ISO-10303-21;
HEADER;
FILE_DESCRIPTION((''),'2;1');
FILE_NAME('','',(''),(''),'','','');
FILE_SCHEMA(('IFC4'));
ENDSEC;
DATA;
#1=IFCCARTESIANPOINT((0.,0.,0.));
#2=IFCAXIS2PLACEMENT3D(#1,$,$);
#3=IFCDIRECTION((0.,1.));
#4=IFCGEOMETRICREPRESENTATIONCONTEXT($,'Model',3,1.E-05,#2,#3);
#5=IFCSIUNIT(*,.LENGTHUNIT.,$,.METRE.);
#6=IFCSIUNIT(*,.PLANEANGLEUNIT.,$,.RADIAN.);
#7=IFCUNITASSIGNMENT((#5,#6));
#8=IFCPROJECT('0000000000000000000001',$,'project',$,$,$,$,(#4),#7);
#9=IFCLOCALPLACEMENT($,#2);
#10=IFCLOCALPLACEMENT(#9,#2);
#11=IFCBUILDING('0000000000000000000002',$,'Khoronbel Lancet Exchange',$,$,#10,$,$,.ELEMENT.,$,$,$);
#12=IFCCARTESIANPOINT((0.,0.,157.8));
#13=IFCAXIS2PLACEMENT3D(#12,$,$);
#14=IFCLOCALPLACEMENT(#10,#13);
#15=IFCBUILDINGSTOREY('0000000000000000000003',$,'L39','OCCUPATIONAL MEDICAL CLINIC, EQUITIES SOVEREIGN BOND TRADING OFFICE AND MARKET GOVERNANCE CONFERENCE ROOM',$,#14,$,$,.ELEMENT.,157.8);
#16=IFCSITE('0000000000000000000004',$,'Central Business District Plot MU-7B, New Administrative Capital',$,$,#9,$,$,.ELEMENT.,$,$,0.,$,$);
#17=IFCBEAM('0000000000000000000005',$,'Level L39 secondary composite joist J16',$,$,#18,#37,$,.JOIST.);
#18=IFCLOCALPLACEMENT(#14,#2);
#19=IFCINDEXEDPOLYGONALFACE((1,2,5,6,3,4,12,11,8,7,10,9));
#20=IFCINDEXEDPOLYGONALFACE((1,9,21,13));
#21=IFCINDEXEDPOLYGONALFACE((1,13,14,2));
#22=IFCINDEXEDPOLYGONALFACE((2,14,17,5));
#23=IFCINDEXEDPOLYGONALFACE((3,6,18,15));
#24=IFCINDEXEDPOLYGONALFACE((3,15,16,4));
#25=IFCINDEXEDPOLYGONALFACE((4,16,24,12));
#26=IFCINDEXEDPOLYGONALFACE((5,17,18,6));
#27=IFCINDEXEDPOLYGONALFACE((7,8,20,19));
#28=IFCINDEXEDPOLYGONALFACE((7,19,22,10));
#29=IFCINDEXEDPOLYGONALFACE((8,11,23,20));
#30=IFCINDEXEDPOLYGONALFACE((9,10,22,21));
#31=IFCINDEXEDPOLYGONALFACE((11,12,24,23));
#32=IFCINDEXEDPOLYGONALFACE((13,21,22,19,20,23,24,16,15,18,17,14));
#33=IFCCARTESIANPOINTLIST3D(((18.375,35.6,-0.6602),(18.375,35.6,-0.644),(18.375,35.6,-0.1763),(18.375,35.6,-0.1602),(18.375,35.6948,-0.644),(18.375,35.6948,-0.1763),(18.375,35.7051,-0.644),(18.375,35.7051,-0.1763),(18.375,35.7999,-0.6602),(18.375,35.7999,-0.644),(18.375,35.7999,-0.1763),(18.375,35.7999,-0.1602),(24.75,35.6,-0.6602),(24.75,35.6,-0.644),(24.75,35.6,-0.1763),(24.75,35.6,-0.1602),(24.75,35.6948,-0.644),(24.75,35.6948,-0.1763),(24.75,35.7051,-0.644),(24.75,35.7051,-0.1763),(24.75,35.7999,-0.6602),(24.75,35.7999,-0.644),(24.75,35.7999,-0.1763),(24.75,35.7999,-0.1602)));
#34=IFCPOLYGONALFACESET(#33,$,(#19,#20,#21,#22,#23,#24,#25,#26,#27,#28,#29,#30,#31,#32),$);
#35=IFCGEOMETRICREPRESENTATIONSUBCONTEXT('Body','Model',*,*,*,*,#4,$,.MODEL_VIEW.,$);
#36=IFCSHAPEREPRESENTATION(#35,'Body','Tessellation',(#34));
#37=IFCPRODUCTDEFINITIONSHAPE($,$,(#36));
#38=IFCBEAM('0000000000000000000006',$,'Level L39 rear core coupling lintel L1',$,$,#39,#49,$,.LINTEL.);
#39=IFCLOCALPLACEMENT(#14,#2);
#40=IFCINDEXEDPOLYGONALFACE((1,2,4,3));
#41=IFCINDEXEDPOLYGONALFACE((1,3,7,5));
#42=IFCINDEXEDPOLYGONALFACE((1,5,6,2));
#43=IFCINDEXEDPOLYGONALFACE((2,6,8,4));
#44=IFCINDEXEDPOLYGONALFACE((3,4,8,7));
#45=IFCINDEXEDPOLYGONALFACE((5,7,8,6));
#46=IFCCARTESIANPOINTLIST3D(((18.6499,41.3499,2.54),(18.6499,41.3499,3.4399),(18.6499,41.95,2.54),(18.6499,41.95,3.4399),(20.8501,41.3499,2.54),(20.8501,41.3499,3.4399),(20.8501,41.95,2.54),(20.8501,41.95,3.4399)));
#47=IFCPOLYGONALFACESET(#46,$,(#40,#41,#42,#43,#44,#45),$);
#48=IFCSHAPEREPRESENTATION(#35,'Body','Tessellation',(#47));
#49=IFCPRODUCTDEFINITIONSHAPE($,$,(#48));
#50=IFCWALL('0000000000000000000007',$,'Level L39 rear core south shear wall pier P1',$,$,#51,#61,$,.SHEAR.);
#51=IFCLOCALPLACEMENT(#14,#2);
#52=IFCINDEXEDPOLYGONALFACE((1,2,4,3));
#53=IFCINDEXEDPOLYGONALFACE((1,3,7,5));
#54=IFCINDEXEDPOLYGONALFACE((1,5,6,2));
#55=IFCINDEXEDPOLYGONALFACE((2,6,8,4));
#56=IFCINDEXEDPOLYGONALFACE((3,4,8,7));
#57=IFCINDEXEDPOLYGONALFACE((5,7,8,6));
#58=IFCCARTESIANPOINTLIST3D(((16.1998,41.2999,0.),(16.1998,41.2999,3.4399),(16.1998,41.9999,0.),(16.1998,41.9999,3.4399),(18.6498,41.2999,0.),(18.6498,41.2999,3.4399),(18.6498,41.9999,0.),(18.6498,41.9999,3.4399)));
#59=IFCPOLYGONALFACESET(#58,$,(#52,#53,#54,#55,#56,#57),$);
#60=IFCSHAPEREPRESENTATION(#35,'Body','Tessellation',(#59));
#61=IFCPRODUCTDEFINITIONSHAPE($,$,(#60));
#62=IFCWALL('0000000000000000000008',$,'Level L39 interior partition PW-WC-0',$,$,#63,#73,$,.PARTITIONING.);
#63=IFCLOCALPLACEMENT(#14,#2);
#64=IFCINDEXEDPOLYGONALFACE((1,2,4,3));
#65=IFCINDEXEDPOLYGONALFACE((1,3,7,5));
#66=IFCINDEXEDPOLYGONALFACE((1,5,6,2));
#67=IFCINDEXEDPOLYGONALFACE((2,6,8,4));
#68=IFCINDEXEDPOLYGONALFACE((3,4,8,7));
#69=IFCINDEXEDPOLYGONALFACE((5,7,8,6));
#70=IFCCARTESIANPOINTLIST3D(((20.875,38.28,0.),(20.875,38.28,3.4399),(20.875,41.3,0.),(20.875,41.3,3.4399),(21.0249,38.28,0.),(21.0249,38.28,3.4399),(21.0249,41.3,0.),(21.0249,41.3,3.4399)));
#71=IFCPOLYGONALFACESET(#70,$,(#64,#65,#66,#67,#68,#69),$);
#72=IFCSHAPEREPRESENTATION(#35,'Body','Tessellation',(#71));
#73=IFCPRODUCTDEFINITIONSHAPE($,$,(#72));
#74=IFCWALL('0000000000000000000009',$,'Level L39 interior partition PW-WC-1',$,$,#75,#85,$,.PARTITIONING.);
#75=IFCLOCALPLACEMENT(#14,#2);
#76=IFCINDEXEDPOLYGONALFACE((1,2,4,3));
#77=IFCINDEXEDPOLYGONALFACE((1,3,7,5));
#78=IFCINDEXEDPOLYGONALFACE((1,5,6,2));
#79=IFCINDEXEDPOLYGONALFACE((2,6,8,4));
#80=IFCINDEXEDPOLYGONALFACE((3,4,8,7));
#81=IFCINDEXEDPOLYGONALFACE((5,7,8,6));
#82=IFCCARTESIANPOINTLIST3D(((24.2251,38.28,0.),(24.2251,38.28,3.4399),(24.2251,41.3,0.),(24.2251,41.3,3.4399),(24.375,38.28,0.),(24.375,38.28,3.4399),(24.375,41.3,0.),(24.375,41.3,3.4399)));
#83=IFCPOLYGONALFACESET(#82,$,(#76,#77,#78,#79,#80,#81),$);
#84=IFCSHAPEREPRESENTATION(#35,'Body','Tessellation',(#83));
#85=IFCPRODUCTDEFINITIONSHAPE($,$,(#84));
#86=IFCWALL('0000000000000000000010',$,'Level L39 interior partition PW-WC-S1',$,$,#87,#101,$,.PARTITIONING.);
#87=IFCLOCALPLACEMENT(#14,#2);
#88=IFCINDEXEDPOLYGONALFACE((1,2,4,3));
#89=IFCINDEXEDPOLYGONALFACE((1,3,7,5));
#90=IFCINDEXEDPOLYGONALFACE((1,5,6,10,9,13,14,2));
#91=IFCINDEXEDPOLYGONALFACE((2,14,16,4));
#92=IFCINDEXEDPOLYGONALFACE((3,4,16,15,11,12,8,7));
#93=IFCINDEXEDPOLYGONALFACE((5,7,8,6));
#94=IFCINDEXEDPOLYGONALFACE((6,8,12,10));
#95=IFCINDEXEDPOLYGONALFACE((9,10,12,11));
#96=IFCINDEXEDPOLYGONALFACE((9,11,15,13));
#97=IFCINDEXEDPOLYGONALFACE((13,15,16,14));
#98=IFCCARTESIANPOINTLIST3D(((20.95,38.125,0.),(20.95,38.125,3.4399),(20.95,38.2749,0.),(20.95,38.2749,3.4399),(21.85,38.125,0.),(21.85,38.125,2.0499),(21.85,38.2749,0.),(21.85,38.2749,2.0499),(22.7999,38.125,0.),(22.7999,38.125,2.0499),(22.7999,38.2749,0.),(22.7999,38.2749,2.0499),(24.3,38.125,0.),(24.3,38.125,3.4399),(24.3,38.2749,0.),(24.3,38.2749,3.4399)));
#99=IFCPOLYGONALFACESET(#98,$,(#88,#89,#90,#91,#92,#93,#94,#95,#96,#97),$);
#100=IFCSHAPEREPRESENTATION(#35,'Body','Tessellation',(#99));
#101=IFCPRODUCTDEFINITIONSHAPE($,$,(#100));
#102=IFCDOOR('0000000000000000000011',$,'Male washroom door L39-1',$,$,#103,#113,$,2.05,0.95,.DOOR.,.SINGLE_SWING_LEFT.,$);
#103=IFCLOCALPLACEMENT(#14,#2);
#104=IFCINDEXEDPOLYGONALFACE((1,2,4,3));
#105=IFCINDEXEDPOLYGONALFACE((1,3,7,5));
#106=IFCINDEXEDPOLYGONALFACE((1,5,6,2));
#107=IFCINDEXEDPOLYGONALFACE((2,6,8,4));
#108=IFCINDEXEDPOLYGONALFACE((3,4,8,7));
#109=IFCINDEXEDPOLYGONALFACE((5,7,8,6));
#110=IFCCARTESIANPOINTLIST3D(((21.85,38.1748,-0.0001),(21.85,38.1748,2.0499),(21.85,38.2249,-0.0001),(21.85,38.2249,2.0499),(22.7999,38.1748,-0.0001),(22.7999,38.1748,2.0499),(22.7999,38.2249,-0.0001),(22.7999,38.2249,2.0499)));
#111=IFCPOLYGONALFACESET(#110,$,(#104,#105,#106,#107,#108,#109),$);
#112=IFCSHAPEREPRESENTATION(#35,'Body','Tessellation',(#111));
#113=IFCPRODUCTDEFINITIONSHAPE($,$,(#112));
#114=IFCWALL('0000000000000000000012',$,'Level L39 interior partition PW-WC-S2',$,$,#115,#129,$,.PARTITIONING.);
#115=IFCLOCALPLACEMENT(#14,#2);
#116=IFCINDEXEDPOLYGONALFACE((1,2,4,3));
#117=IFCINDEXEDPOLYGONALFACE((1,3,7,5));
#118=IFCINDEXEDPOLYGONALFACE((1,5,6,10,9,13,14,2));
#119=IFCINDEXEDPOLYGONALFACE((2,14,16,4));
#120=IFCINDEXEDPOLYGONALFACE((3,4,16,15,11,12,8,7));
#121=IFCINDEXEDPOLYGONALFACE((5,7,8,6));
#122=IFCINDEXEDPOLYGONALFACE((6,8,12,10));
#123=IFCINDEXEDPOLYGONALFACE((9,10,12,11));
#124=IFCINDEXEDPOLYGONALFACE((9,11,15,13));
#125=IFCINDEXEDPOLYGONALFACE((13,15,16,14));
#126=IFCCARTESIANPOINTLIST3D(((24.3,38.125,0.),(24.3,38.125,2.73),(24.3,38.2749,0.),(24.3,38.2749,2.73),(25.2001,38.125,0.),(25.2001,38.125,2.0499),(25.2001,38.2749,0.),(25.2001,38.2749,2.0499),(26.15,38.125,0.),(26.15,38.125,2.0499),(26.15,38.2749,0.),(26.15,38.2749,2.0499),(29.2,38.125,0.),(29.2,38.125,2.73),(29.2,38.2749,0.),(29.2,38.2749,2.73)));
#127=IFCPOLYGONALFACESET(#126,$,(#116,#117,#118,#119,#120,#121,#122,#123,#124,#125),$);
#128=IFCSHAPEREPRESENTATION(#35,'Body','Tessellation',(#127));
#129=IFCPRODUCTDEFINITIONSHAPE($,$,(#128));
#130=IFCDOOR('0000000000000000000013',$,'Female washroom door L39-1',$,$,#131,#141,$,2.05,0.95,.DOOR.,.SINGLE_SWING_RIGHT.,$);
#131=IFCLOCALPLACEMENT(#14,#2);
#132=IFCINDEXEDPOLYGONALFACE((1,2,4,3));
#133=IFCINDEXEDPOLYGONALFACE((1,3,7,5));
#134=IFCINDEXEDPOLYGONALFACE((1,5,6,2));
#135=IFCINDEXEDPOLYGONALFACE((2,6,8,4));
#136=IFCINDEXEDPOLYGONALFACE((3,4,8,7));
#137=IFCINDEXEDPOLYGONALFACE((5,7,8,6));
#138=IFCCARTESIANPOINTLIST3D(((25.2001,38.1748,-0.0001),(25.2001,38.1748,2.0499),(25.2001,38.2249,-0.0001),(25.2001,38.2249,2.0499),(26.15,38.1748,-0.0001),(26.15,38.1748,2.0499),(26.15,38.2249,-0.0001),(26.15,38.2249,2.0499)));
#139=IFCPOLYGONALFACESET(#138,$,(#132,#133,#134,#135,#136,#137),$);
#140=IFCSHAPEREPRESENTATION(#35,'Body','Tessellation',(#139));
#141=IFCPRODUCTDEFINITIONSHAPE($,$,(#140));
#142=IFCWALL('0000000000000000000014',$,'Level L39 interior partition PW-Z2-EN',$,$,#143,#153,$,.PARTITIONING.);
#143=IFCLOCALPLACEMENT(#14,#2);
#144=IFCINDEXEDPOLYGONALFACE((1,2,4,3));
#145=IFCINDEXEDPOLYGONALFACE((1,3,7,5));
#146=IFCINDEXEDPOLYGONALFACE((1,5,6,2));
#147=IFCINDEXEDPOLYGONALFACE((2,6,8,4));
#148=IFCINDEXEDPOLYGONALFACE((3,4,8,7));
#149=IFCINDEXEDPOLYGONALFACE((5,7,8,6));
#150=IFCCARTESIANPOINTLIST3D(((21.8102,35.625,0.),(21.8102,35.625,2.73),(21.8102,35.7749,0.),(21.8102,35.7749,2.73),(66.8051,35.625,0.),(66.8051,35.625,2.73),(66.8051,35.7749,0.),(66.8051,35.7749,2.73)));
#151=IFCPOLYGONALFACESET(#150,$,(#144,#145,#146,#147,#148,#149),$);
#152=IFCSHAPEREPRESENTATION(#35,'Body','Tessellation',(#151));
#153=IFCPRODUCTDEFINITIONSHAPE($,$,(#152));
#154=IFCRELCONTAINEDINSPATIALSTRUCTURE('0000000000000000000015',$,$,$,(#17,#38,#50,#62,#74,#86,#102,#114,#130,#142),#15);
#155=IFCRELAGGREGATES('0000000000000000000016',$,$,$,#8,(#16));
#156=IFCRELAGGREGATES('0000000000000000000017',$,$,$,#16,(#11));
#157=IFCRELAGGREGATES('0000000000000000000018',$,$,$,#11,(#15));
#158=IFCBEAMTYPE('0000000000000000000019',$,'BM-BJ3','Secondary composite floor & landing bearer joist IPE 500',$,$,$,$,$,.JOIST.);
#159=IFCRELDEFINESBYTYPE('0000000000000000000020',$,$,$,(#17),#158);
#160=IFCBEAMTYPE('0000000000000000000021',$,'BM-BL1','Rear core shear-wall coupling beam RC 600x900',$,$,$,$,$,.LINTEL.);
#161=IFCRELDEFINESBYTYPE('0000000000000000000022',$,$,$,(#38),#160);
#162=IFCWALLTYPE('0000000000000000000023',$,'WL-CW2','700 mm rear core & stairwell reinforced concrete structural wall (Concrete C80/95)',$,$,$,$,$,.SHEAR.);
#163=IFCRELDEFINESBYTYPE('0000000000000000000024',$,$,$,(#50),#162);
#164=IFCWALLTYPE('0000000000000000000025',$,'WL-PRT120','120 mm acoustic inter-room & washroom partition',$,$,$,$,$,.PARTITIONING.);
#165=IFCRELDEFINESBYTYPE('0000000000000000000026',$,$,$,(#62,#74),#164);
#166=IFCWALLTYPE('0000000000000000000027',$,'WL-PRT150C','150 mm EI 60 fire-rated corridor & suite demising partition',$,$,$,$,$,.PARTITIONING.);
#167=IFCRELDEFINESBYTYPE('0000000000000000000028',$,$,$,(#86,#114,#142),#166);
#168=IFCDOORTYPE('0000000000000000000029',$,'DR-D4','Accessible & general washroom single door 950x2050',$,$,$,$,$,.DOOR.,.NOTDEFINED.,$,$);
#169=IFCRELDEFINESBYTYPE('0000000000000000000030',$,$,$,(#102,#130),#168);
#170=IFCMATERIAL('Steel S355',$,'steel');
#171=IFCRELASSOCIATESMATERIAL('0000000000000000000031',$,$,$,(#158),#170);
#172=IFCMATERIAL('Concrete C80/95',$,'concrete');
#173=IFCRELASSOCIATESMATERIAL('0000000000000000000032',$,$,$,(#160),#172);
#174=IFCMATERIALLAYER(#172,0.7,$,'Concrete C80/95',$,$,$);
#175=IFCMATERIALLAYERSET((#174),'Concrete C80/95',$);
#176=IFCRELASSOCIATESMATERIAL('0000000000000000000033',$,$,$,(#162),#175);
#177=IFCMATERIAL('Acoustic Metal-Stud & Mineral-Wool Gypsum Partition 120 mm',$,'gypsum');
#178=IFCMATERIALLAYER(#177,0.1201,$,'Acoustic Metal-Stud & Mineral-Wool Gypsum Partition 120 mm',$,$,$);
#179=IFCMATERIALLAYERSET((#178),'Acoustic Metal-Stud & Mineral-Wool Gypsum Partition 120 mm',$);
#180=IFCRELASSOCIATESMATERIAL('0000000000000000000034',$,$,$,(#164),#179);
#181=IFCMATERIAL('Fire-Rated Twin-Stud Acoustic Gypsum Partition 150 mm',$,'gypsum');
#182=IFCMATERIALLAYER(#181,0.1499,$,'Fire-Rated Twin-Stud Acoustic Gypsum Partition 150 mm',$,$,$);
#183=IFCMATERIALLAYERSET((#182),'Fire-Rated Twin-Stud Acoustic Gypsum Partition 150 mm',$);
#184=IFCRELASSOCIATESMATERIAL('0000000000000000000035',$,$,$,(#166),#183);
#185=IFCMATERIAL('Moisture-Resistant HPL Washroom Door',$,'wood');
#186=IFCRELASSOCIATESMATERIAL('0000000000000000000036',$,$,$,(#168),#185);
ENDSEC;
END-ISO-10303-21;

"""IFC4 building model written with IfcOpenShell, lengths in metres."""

from ifc_helpers import new_model, si_unit, direction, frame, frame_2d, origin, origin_2d, place, context, subcontext, project, spatial, rectangle, i_section, extrude, material, layer, layer_set, material_profile, profile_set, type_object, element, fill, save


model = new_model("IFC4")

# Units and contexts
model_context = context("Model", 3, precision=1e-05, world=origin(), true_north=direction((0.0, 1.0)))
body_context = subcontext(model_context, "Body", "Model", "MODEL_VIEW")
ifc_project = project(units=[si_unit("LENGTHUNIT", "METRE"), si_unit("PLANEANGLEUNIT", "RADIAN")], contexts=[model_context])

# Site, building, storey
site_placement = place(None, origin())
site = spatial("IfcSite", under=ifc_project, at=site_placement, Name="Central Business District Plot MU-7B, New Administrative Capital", CompositionType="ELEMENT", RefElevation=0.0)
building_placement = place(site_placement, origin())
building = spatial("IfcBuilding", under=site, at=building_placement, Name="Khoronbel Lancet Exchange", CompositionType="ELEMENT")
storey_placement = place(building_placement, frame((0.0, 0.0, 157.8)))
storey = spatial("IfcBuildingStorey", under=building, at=storey_placement, Name="L39", Description="OCCUPATIONAL MEDICAL CLINIC, EQUITIES SOVEREIGN BOND TRADING OFFICE AND MARKET GOVERNANCE CONFERENCE ROOM", CompositionType="ELEMENT", Elevation=157.8)

# Beams
ifc_material_1 = material(Name="Steel S355", Category="steel")
ifc_material_profile_1 = material_profile(ifc_material_1, i_section(OverallWidth=0.2, OverallDepth=0.5, WebThickness=0.0103, FlangeThickness=0.0161, at=origin_2d()), Name="IPE 500")
ifc_profile_set_1 = profile_set([ifc_material_profile_1], Name="Steel S355")
beam_type_1 = type_object("IfcBeamType", Name="BM-BJ3", Description="Secondary composite floor & landing bearer joist IPE 500", PredefinedType="JOIST", material=ifc_profile_set_1)
beam_1_placement = place(storey_placement, frame((18.375, 35.7, -0.4102), z_axis=(1.0, 0.0, 0.0), x_axis=(0.0, 1.0, 0.0)))
element("IfcBeam", 1, at=beam_1_placement, inside=storey, type_object=beam_type_1, Name="Level L39 secondary composite joist J16", PredefinedType="JOIST", context=body_context, shape_type="SweptSolid", body=[
    extrude(i_section(OverallWidth=0.2, OverallDepth=0.5, WebThickness=0.0103, FlangeThickness=0.0161, at=origin_2d()), origin(), (0.0, 0.0, 1.0), 6.375),
])
ifc_material_2 = material(Name="Concrete C80/95", Category="concrete")
ifc_material_profile_2 = material_profile(ifc_material_2, rectangle(XDim=0.6001, YDim=0.8999, at=origin_2d()), Name="RC 600x900")
ifc_profile_set_2 = profile_set([ifc_material_profile_2], Name="Concrete C80/95")
beam_type_2 = type_object("IfcBeamType", Name="BM-BL1", Description="Rear core shear-wall coupling beam RC 600x900", PredefinedType="LINTEL", material=ifc_profile_set_2)
beam_2_placement = place(storey_placement, frame((18.6499, 41.6499, 2.99), z_axis=(1.0, 0.0, 0.0), x_axis=(0.0, 1.0, 0.0)))
element("IfcBeam", 2, at=beam_2_placement, inside=storey, type_object=beam_type_2, Name="Level L39 rear core coupling lintel L1", PredefinedType="LINTEL", context=body_context, shape_type="SweptSolid", body=[
    extrude(rectangle(XDim=0.6001, YDim=0.8999, at=origin_2d()), origin(), (0.0, 0.0, 1.0), 2.2002),
])

# Walls
ifc_layer_1 = layer(ifc_material_2, 0.7, Name="Concrete C80/95")
ifc_layer_set_1 = layer_set([ifc_layer_1], Name="Concrete C80/95")
wall_type_1 = type_object("IfcWallType", Name="WL-CW2", Description="700 mm rear core & stairwell reinforced concrete structural wall (Concrete C80/95)", PredefinedType="SHEAR", material=ifc_layer_set_1)
wall_1_placement = place(storey_placement, frame((18.6499, 41.6499, 0.0), z_axis=(0.0, 0.0, 1.0), x_axis=(-1.0, 0.0, 0.0)))
element("IfcWall", 3, at=wall_1_placement, inside=storey, type_object=wall_type_1, Name="Level L39 rear core south shear wall pier P1", PredefinedType="SHEAR", context=body_context, shape_type="SweptSolid", body=[
    extrude(rectangle(XDim=2.45, YDim=0.7, at=frame_2d((1.2251, 0.0))), origin(), (0.0, 0.0, 1.0), 3.4399),
])
ifc_material_3 = material(Name="Acoustic Metal-Stud & Mineral-Wool Gypsum Partition 120 mm", Category="gypsum")
ifc_layer_2 = layer(ifc_material_3, 0.1201, Name="Acoustic Metal-Stud & Mineral-Wool Gypsum Partition 120 mm")
ifc_layer_set_2 = layer_set([ifc_layer_2], Name="Acoustic Metal-Stud & Mineral-Wool Gypsum Partition 120 mm")
wall_type_2 = type_object("IfcWallType", Name="WL-PRT120", Description="120 mm acoustic inter-room & washroom partition", PredefinedType="PARTITIONING", material=ifc_layer_set_2)
for number, where, z_axis, x_axis, name in (
    (4, (20.95, 38.28, 0.0), (0.0, 0.0, 1.0), (0.0, 1.0, 0.0), "Level L39 interior partition PW-WC-0"),
    (5, (24.3, 38.28, 0.0), (0.0, 0.0, 1.0), (0.0, 1.0, 0.0), "Level L39 interior partition PW-WC-1"),
):
    element("IfcWall", number, at=place(storey_placement, frame(where, z_axis=z_axis, x_axis=x_axis)), inside=storey, type_object=wall_type_2, Name=name, PredefinedType="PARTITIONING", context=body_context, shape_type="SweptSolid", body=[
        extrude(rectangle(XDim=3.02, YDim=0.1499, at=frame_2d((1.51, 0.0))), origin(), (0.0, 0.0, 1.0), 3.4399),
    ])

# Walls, openings, doors
ifc_material_4 = material(Name="Fire-Rated Twin-Stud Acoustic Gypsum Partition 150 mm", Category="gypsum")
ifc_layer_3 = layer(ifc_material_4, 0.1499, Name="Fire-Rated Twin-Stud Acoustic Gypsum Partition 150 mm")
ifc_layer_set_3 = layer_set([ifc_layer_3], Name="Fire-Rated Twin-Stud Acoustic Gypsum Partition 150 mm")
wall_type_3 = type_object("IfcWallType", Name="WL-PRT150C", Description="150 mm EI 60 fire-rated corridor & suite demising partition", PredefinedType="PARTITIONING", material=ifc_layer_set_3)
wall_2_placement = place(storey_placement, frame((20.95, 38.2, 0.0), z_axis=(0.0, 0.0, 1.0), x_axis=(1.0, 0.0, 0.0)))
wall_2 = element("IfcWall", 6, at=wall_2_placement, inside=storey, type_object=wall_type_3, Name="Level L39 interior partition PW-WC-S1", PredefinedType="PARTITIONING", context=body_context, shape_type="SweptSolid", body=[
    extrude(rectangle(XDim=3.3501, YDim=0.1499, at=frame_2d((1.675, 0.0))), origin(), (0.0, 0.0, 1.0), 3.4399),
])
opening_1_placement = place(wall_2_placement, frame((0.8999, 0.0, 0.0)))
opening_1 = element("IfcOpeningElement", 7, at=opening_1_placement, cuts=wall_2, PredefinedType="OPENING", context=body_context, shape_type="SweptSolid", body=[
    extrude(rectangle(XDim=0.95, YDim=2.05, at=frame_2d((0.4751, 1.0249))), frame((0.0, 0.085, 0.0), z_axis=(0.0, -1.0, 0.0), x_axis=(1.0, 0.0, 0.0)), (0.0, 0.0, 1.0), 0.1699),
])
ifc_material_5 = material(Name="Moisture-Resistant HPL Washroom Door", Category="wood")
door_type_1 = type_object("IfcDoorType", Name="DR-D4", Description="Accessible & general washroom single door 950x2050", OperationType="NOTDEFINED", PredefinedType="DOOR", material=ifc_material_5)
door_1_placement = place(opening_1_placement, origin())
door_1 = element("IfcDoor", 8, at=door_1_placement, inside=storey, type_object=door_type_1, Name="Male washroom door L39-1", OperationType="SINGLE_SWING_LEFT", OverallHeight=2.05, OverallWidth=0.95, PredefinedType="DOOR", context=body_context, shape_type="SweptSolid", body=[
    extrude(rectangle(XDim=0.95, YDim=2.05, at=frame_2d((0.4751, 1.0249))), frame((0.0, 0.0249, 0.0), z_axis=(0.0, -1.0, 0.0), x_axis=(1.0, 0.0, 0.0)), (0.0, 0.0, 1.0), 0.05),
])
fill(opening_1, door_1)
wall_3_placement = place(storey_placement, frame((24.3, 38.2, 0.0), z_axis=(0.0, 0.0, 1.0), x_axis=(1.0, 0.0, 0.0)))
wall_3 = element("IfcWall", 9, at=wall_3_placement, inside=storey, type_object=wall_type_3, Name="Level L39 interior partition PW-WC-S2", PredefinedType="PARTITIONING", context=body_context, shape_type="SweptSolid", body=[
    extrude(rectangle(XDim=4.8999, YDim=0.1499, at=frame_2d((2.45, 0.0))), origin(), (0.0, 0.0, 1.0), 2.73),
])
opening_2_placement = place(wall_3_placement, frame((0.8999, 0.0, 0.0)))
opening_2 = element("IfcOpeningElement", 10, at=opening_2_placement, cuts=wall_3, PredefinedType="OPENING", context=body_context, shape_type="SweptSolid", body=[
    extrude(rectangle(XDim=0.95, YDim=2.05, at=frame_2d((0.4751, 1.0249))), frame((0.0, 0.085, 0.0), z_axis=(0.0, -1.0, 0.0), x_axis=(1.0, 0.0, 0.0)), (0.0, 0.0, 1.0), 0.1699),
])
door_2_placement = place(opening_2_placement, origin())
door_2 = element("IfcDoor", 11, at=door_2_placement, inside=storey, type_object=door_type_1, Name="Female washroom door L39-1", OperationType="SINGLE_SWING_RIGHT", OverallHeight=2.05, OverallWidth=0.95, PredefinedType="DOOR", context=body_context, shape_type="SweptSolid", body=[
    extrude(rectangle(XDim=0.95, YDim=2.05, at=frame_2d((0.4751, 1.0249))), frame((0.0, 0.0249, 0.0), z_axis=(0.0, -1.0, 0.0), x_axis=(1.0, 0.0, 0.0)), (0.0, 0.0, 1.0), 0.05),
])
fill(opening_2, door_2)

# Wall
wall_4_placement = place(storey_placement, frame((21.8101, 35.7, 0.0), z_axis=(0.0, 0.0, 1.0), x_axis=(1.0, 0.0, 0.0)))
element("IfcWall", 12, at=wall_4_placement, inside=storey, type_object=wall_type_3, Name="Level L39 interior partition PW-Z2-EN", PredefinedType="PARTITIONING", context=body_context, shape_type="SweptSolid", body=[
    extrude(rectangle(XDim=44.9949, YDim=0.1499, at=frame_2d((22.4976, 0.0))), origin(), (0.0, 0.0, 1.0), 2.73),
])

save(model, "model.ifc")
